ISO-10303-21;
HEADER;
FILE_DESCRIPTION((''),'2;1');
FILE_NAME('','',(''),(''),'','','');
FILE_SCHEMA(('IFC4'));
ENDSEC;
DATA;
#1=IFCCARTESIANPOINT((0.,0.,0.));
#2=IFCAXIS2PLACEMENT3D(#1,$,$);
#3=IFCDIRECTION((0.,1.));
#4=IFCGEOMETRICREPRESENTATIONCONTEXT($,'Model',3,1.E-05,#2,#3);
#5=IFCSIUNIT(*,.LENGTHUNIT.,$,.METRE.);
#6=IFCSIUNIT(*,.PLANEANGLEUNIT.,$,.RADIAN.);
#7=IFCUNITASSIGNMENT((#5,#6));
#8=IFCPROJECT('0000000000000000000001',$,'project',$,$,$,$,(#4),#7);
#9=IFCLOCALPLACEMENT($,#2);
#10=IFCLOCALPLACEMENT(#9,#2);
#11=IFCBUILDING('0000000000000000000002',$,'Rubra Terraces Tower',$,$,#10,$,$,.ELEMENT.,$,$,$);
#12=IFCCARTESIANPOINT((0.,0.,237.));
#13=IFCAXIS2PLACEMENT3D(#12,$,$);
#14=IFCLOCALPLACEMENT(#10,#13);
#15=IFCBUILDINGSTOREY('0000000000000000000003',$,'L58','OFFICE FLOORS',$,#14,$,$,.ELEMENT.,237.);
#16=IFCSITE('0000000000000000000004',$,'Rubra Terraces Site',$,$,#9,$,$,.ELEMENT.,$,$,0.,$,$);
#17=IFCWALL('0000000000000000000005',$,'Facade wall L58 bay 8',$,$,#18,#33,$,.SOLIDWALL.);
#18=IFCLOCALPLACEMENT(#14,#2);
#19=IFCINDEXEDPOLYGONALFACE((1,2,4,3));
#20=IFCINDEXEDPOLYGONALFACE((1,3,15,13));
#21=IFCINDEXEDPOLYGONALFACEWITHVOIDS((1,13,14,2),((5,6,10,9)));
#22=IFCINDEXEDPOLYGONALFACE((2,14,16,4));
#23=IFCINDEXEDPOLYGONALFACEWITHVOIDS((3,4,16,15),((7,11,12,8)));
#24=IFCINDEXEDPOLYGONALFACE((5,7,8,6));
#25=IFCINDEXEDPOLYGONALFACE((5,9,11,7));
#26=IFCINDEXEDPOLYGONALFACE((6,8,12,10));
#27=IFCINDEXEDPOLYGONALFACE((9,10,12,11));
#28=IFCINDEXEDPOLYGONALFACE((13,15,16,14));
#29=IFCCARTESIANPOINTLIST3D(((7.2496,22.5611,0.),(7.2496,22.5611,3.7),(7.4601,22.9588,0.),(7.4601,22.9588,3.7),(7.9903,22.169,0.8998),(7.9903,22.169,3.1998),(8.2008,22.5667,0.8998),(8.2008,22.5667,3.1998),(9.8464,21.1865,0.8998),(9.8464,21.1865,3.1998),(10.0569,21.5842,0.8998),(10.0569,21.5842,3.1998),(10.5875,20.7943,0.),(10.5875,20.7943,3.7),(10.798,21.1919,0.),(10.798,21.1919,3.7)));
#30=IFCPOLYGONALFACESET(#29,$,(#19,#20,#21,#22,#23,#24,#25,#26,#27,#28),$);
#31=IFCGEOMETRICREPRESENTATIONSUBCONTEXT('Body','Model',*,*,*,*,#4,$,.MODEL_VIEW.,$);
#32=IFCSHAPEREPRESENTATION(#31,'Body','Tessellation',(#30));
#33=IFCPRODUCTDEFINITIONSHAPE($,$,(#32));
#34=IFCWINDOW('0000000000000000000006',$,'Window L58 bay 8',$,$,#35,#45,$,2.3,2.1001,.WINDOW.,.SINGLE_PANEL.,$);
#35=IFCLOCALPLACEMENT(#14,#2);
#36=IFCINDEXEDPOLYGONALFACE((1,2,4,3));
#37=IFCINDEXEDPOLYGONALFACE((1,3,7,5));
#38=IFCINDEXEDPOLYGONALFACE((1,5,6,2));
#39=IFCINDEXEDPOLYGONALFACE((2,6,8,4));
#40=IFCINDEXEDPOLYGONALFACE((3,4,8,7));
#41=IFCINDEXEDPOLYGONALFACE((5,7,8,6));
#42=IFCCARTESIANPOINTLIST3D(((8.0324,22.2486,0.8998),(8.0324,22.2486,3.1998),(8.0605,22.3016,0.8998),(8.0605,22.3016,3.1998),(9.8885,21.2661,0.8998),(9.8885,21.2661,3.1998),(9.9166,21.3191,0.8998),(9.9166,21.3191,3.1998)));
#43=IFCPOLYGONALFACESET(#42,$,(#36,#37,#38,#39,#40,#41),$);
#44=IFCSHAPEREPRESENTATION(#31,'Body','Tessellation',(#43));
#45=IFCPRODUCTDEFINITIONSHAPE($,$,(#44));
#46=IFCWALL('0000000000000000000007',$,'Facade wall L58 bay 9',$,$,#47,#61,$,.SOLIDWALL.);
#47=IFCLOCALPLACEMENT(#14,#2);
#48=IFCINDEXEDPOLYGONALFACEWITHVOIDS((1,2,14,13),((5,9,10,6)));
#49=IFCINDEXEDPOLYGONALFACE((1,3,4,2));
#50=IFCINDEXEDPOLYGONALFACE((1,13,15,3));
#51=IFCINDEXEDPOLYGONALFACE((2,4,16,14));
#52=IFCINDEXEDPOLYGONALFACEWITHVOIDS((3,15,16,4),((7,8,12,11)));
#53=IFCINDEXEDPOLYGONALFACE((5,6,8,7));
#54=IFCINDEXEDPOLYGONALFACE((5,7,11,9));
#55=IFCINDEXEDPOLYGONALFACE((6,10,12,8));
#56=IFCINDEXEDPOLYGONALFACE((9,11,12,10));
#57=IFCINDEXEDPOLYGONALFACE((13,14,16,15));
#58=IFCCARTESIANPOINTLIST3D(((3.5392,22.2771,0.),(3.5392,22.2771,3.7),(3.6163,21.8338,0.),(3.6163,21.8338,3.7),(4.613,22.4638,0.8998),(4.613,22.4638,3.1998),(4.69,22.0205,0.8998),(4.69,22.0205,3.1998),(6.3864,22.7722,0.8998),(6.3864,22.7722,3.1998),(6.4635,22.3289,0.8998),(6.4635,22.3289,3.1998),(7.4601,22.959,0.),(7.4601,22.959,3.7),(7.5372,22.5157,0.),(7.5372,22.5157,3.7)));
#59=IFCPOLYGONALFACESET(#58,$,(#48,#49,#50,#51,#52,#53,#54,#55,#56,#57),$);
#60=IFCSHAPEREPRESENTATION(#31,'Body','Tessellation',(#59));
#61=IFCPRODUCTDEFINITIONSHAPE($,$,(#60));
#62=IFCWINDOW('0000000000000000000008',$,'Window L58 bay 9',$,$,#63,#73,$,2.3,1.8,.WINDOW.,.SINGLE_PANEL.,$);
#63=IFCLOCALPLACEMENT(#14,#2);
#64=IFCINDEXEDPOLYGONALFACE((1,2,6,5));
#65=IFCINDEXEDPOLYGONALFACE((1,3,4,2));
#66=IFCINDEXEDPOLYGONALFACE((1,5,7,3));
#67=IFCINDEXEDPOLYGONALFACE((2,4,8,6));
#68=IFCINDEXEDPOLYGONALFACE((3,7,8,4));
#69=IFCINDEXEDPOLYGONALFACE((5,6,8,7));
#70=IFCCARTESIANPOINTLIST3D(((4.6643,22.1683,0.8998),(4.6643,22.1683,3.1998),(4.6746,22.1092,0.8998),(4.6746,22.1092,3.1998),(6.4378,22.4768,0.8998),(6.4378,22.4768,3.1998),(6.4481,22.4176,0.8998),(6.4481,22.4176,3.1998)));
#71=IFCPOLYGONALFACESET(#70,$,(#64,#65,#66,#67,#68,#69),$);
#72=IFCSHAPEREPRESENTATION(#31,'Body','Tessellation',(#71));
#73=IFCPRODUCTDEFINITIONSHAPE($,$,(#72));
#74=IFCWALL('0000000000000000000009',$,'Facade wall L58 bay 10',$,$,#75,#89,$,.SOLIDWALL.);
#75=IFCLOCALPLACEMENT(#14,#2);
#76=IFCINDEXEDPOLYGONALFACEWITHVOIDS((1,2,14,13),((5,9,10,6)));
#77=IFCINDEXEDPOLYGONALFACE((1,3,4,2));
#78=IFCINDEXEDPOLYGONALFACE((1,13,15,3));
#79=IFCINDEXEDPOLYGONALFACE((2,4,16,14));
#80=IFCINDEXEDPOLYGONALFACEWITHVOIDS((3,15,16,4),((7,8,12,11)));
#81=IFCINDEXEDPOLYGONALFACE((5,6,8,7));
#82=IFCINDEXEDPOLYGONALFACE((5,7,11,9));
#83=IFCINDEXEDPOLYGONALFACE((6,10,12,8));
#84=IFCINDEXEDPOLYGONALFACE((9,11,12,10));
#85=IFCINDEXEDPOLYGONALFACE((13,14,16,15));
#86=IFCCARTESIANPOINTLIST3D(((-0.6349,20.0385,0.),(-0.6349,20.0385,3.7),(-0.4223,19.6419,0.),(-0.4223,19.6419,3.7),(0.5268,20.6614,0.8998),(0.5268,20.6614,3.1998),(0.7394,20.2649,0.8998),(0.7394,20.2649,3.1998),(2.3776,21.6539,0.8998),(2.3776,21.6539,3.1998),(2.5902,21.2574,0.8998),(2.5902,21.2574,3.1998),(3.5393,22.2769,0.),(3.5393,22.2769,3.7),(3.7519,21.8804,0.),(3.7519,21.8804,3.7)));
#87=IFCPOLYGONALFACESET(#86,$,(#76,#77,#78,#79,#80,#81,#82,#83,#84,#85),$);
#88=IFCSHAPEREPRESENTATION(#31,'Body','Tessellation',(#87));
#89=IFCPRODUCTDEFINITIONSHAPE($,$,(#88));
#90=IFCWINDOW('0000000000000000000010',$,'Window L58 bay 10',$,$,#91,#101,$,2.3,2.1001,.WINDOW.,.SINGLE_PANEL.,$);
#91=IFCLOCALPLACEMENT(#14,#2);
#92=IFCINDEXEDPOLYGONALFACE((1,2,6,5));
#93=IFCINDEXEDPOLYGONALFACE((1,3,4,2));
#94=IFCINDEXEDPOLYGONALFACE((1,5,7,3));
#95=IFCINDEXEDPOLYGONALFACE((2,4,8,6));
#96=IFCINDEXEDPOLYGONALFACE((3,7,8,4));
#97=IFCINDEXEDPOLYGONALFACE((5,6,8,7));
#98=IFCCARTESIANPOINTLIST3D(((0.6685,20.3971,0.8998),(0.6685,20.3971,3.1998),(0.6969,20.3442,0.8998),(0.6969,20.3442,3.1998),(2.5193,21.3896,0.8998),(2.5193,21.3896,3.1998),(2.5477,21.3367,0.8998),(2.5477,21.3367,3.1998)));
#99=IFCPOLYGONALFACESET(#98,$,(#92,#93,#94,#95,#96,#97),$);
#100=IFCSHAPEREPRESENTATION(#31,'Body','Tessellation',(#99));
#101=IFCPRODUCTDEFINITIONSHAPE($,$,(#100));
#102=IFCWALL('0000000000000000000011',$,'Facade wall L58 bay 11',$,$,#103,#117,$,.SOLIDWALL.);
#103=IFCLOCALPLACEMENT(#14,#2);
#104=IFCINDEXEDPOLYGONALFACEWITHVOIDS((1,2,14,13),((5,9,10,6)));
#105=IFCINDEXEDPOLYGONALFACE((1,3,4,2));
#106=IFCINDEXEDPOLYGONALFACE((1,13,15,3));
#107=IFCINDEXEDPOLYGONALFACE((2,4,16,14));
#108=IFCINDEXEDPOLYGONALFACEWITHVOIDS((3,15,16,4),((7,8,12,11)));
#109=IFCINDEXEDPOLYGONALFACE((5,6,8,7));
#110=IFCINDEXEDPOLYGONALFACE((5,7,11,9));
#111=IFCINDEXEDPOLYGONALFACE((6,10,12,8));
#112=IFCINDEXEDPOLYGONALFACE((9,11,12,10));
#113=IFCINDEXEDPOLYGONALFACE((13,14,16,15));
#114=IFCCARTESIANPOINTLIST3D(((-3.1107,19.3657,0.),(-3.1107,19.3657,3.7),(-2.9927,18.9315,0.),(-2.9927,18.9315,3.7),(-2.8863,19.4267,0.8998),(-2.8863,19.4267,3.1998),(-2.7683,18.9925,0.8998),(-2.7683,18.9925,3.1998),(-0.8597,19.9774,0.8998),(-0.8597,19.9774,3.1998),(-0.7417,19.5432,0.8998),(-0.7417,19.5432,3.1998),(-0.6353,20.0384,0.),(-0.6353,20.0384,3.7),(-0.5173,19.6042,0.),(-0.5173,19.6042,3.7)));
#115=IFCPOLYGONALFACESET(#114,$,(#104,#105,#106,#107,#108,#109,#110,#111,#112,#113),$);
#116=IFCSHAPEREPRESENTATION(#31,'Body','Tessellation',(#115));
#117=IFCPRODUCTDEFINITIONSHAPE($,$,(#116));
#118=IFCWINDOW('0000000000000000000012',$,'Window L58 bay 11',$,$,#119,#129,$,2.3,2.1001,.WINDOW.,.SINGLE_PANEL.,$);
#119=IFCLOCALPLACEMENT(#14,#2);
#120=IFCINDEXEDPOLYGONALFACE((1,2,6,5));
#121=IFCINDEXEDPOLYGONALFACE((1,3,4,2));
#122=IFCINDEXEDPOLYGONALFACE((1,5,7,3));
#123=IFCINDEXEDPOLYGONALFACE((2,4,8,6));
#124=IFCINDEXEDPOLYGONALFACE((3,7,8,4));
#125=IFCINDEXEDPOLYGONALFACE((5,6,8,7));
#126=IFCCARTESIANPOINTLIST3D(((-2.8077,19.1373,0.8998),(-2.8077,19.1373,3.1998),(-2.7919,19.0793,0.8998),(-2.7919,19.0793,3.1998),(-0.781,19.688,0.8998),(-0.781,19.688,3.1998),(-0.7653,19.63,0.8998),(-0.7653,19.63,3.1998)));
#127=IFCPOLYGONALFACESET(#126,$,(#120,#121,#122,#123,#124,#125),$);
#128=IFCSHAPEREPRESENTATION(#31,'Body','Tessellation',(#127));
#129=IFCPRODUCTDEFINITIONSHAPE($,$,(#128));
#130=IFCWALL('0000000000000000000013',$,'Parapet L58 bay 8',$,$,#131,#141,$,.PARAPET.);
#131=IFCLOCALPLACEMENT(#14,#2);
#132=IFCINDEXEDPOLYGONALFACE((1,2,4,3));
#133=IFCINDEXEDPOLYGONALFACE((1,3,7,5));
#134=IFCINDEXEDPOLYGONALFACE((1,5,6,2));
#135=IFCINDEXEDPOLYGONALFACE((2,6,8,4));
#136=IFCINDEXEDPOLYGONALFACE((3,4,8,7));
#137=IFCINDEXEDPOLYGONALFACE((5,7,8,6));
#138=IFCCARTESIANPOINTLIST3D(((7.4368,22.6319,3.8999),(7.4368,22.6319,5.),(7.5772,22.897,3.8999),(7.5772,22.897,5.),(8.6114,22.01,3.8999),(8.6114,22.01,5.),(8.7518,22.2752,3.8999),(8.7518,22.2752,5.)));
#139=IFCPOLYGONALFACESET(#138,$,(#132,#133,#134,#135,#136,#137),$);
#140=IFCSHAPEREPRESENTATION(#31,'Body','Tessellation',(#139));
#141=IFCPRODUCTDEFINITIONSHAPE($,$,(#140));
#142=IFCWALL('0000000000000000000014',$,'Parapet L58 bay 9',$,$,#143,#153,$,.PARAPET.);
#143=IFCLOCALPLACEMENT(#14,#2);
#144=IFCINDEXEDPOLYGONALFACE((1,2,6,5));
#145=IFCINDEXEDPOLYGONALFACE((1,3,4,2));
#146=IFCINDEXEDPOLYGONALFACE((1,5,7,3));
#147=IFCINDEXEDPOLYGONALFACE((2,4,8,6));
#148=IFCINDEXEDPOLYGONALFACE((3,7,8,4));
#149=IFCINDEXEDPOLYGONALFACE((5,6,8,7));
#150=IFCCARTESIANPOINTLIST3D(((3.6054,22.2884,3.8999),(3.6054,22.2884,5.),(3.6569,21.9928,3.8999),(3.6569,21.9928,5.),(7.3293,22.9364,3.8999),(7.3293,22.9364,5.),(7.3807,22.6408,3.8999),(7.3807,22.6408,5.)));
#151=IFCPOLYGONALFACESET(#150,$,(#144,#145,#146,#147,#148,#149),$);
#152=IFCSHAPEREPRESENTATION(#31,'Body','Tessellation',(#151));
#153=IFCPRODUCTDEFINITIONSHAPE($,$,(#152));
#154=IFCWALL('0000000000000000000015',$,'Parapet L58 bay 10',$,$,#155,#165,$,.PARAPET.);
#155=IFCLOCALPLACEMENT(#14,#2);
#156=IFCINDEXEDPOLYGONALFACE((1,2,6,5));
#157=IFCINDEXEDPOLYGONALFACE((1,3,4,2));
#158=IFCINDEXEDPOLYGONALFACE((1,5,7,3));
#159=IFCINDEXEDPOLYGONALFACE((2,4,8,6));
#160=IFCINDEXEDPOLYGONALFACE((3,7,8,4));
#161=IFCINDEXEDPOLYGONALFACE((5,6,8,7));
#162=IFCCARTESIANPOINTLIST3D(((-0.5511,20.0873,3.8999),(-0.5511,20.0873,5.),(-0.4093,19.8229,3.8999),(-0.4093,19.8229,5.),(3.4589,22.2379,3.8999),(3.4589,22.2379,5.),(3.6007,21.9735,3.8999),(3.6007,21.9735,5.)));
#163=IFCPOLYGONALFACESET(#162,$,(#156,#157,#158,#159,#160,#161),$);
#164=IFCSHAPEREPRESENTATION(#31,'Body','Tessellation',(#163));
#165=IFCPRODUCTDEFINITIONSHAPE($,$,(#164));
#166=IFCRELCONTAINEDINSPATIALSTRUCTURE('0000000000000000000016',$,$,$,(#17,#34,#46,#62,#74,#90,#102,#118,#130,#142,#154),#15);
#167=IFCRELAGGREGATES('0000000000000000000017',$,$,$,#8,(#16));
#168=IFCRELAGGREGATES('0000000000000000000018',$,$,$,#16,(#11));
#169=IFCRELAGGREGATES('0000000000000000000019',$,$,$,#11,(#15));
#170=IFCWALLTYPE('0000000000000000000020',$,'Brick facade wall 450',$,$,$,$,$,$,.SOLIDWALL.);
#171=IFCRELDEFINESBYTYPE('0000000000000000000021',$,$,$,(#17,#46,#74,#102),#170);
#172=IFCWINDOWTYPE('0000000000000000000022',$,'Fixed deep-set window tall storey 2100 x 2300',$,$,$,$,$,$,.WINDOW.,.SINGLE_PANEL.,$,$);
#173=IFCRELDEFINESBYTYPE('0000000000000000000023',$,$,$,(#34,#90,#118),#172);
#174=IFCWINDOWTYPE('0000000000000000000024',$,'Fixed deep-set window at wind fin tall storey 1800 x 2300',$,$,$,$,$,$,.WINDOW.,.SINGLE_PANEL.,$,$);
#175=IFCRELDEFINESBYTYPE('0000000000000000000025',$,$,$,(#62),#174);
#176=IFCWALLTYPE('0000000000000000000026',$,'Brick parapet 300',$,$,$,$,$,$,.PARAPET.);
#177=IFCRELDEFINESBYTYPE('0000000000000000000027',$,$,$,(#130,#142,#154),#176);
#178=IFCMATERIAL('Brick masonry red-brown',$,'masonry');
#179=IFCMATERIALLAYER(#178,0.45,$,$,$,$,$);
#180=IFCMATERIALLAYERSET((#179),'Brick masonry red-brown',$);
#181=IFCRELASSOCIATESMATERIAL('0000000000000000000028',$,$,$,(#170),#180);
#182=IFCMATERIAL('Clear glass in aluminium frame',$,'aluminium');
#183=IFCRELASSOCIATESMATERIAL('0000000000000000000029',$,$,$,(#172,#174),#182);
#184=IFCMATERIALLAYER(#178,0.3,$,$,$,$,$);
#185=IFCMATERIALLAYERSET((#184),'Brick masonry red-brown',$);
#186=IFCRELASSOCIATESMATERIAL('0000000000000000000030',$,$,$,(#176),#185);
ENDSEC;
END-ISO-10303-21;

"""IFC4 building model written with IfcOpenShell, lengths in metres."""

from ifc_helpers import new_model, si_unit, direction, frame, frame_2d, origin, place, context, subcontext, project, spatial, rectangle, extrude, material, layer, layer_set, type_object, element, fill, save


model = new_model("IFC4")

# Units and contexts
model_context = context("Model", 3, precision=1e-05, world=origin(), true_north=direction((0.0, 1.0)))
body_context = subcontext(model_context, "Body", "Model", "MODEL_VIEW")
ifc_project = project(units=[si_unit("LENGTHUNIT", "METRE"), si_unit("PLANEANGLEUNIT", "RADIAN")], contexts=[model_context])

# Site, building, storey
site_placement = place(None, origin())
site = spatial("IfcSite", under=ifc_project, at=site_placement, Name="Rubra Terraces Site", CompositionType="ELEMENT", RefElevation=0.0)
building_placement = place(site_placement, origin())
building = spatial("IfcBuilding", under=site, at=building_placement, Name="Rubra Terraces Tower", CompositionType="ELEMENT")
storey_placement = place(building_placement, frame((0.0, 0.0, 237.0)))
storey = spatial("IfcBuildingStorey", under=building, at=storey_placement, Name="L58", Description="OFFICE FLOORS", CompositionType="ELEMENT", Elevation=237.0)

# Walls, openings, windows
ifc_material_1 = material(Name="Brick masonry red-brown", Category="masonry")
ifc_layer_1 = layer(ifc_material_1, 0.45)
ifc_layer_set_1 = layer_set([ifc_layer_1], Name="Brick masonry red-brown")
wall_type_1 = type_object("IfcWallType", Name="Brick facade wall 450", PredefinedType="SOLIDWALL", material=ifc_layer_set_1)
wall_1_placement = place(storey_placement, frame((10.6926, 20.9932, 0.0), z_axis=(0.0, 0.0, 1.0), x_axis=(-0.883818, 0.467831, 0.0)))
wall_1 = element("IfcWall", 1, at=wall_1_placement, inside=storey, type_object=wall_type_1, Name="Facade wall L58 bay 8", PredefinedType="SOLIDWALL", context=body_context, shape_type="SweptSolid", body=[
    extrude(rectangle(XDim=3.7766, YDim=0.45, at=frame_2d((1.8882, 0.0))), origin(), (0.0, 0.0, 1.0), 3.7),
])
opening_1_placement = place(wall_1_placement, frame((0.8384, 0.0, 0.8999)))
opening_1 = element("IfcOpeningElement", 2, at=opening_1_placement, cuts=wall_1, PredefinedType="OPENING", context=body_context, shape_type="SweptSolid", body=[
    extrude(rectangle(XDim=2.1001, YDim=2.3, at=frame_2d((1.05, 1.1499))), frame((0.0, 0.2349, 0.0), z_axis=(0.0, -1.0, 0.0), x_axis=(1.0, 0.0, 0.0)), (0.0, 0.0, 1.0), 0.47),
])
ifc_material_2 = material(Name="Clear glass in aluminium frame", Category="aluminium")
window_type_1 = type_object("IfcWindowType", Name="Fixed deep-set window tall storey 2100 x 2300", PartitioningType="SINGLE_PANEL", PredefinedType="WINDOW", material=ifc_material_2)
window_1_placement = place(opening_1_placement, origin())
window_1 = element("IfcWindow", 3, at=window_1_placement, inside=storey, type_object=window_type_1, Name="Window L58 bay 8", OverallHeight=2.3, OverallWidth=2.1001, PartitioningType="SINGLE_PANEL", PredefinedType="WINDOW", context=body_context, shape_type="SweptSolid", body=[
    extrude(rectangle(XDim=2.1001, YDim=2.3, at=frame_2d((1.05, 1.1499))), frame((0.0, 0.135, 0.0), z_axis=(0.0, -1.0, 0.0), x_axis=(1.0, 0.0, 0.0)), (0.0, 0.0, 1.0), 0.0601),
])
fill(opening_1, window_1)
wall_2_placement = place(storey_placement, frame((7.4985, 22.7373, 0.0), z_axis=(0.0, 0.0, 1.0), x_axis=(-0.985212, -0.171339, 0.0)))
wall_2 = element("IfcWall", 4, at=wall_2_placement, inside=storey, type_object=wall_type_1, Name="Facade wall L58 bay 9", PredefinedType="SOLIDWALL", context=body_context, shape_type="SweptSolid", body=[
    extrude(rectangle(XDim=3.9797, YDim=0.45, at=frame_2d((1.9897, 0.0))), origin(), (0.0, 0.0, 1.0), 3.7),
])
opening_2_placement = place(wall_2_placement, frame((1.0898, 0.0, 0.8999)))
opening_2 = element("IfcOpeningElement", 5, at=opening_2_placement, cuts=wall_2, PredefinedType="OPENING", context=body_context, shape_type="SweptSolid", body=[
    extrude(rectangle(XDim=1.8, YDim=2.3, at=frame_2d((0.8999, 1.1499))), frame((0.0, 0.2349, 0.0), z_axis=(0.0, -1.0, 0.0), x_axis=(1.0, 0.0, 0.0)), (0.0, 0.0, 1.0), 0.47),
])
window_type_2 = type_object("IfcWindowType", Name="Fixed deep-set window at wind fin tall storey 1800 x 2300", PartitioningType="SINGLE_PANEL", PredefinedType="WINDOW", material=ifc_material_2)
window_2_placement = place(opening_2_placement, origin())
window_2 = element("IfcWindow", 6, at=window_2_placement, inside=storey, type_object=window_type_2, Name="Window L58 bay 9", OverallHeight=2.3, OverallWidth=1.8, PartitioningType="SINGLE_PANEL", PredefinedType="WINDOW", context=body_context, shape_type="SweptSolid", body=[
    extrude(rectangle(XDim=1.8, YDim=2.3, at=frame_2d((0.8999, 1.1499))), frame((0.0, 0.135, 0.0), z_axis=(0.0, -1.0, 0.0), x_axis=(1.0, 0.0, 0.0)), (0.0, 0.0, 1.0), 0.0601),
])
fill(opening_2, window_2)
wall_3_placement = place(storey_placement, frame((3.6455, 22.0786, 0.0), z_axis=(0.0, 0.0, 1.0), x_axis=(-0.881279, -0.472596, 0.0)))
wall_3 = element("IfcWall", 7, at=wall_3_placement, inside=storey, type_object=wall_type_1, Name="Facade wall L58 bay 10", PredefinedType="SOLIDWALL", context=body_context, shape_type="SweptSolid", body=[
    extrude(rectangle(XDim=4.7366, YDim=0.45, at=frame_2d((2.3682, 0.0))), origin(), (0.0, 0.0, 1.0), 3.7),
])
opening_3_placement = place(wall_3_placement, frame((1.3181, 0.0, 0.8999)))
opening_3 = element("IfcOpeningElement", 8, at=opening_3_placement, cuts=wall_3, PredefinedType="OPENING", context=body_context, shape_type="SweptSolid", body=[
    extrude(rectangle(XDim=2.1001, YDim=2.3, at=frame_2d((1.05, 1.1499))), frame((0.0, 0.2349, 0.0), z_axis=(0.0, -1.0, 0.0), x_axis=(1.0, 0.0, 0.0)), (0.0, 0.0, 1.0), 0.47),
])
window_3_placement = place(opening_3_placement, origin())
window_3 = element("IfcWindow", 9, at=window_3_placement, inside=storey, type_object=window_type_1, Name="Window L58 bay 10", OverallHeight=2.3, OverallWidth=2.1001, PartitioningType="SINGLE_PANEL", PredefinedType="WINDOW", context=body_context, shape_type="SweptSolid", body=[
    extrude(rectangle(XDim=2.1001, YDim=2.3, at=frame_2d((1.05, 1.1499))), frame((0.0, 0.135, 0.0), z_axis=(0.0, -1.0, 0.0), x_axis=(1.0, 0.0, 0.0)), (0.0, 0.0, 1.0), 0.0601),
])
fill(opening_3, window_3)
wall_4_placement = place(storey_placement, frame((-0.5762, 19.8213, 0.0), z_axis=(0.0, 0.0, 1.0), x_axis=(-0.965009, -0.262215, 0.0)))
wall_4 = element("IfcWall", 10, at=wall_4_placement, inside=storey, type_object=wall_type_1, Name="Facade wall L58 bay 11", PredefinedType="SOLIDWALL", context=body_context, shape_type="SweptSolid", body=[
    extrude(rectangle(XDim=2.5652, YDim=0.45, at=frame_2d((1.2827, 0.0))), origin(), (0.0, 0.0, 1.0), 3.7),
])
opening_4_placement = place(wall_4_placement, frame((0.2327, 0.0, 0.8999)))
opening_4 = element("IfcOpeningElement", 11, at=opening_4_placement, cuts=wall_4, PredefinedType="OPENING", context=body_context, shape_type="SweptSolid", body=[
    extrude(rectangle(XDim=2.1001, YDim=2.3, at=frame_2d((1.05, 1.1499))), frame((0.0, 0.2349, 0.0), z_axis=(0.0, -1.0, 0.0), x_axis=(1.0, 0.0, 0.0)), (0.0, 0.0, 1.0), 0.47),
])
window_4_placement = place(opening_4_placement, origin())
window_4 = element("IfcWindow", 12, at=window_4_placement, inside=storey, type_object=window_type_1, Name="Window L58 bay 11", OverallHeight=2.3, OverallWidth=2.1001, PartitioningType="SINGLE_PANEL", PredefinedType="WINDOW", context=body_context, shape_type="SweptSolid", body=[
    extrude(rectangle(XDim=2.1001, YDim=2.3, at=frame_2d((1.05, 1.1499))), frame((0.0, 0.135, 0.0), z_axis=(0.0, -1.0, 0.0), x_axis=(1.0, 0.0, 0.0)), (0.0, 0.0, 1.0), 0.0601),
])
fill(opening_4, window_4)

# Walls
ifc_layer_2 = layer(ifc_material_1, 0.3)
ifc_layer_set_2 = layer_set([ifc_layer_2], Name="Brick masonry red-brown")
wall_type_2 = type_object("IfcWallType", Name="Brick parapet 300", PredefinedType="PARAPET", material=ifc_layer_set_2)
wall_5_placement = place(storey_placement, frame((8.6816, 22.1426, 3.8999), z_axis=(0.0, 0.0, 1.0), x_axis=(-0.883788, 0.467888, 0.0)))
element("IfcWall", 13, at=wall_5_placement, inside=storey, type_object=wall_type_2, Name="Parapet L58 bay 8", PredefinedType="PARAPET", context=body_context, shape_type="SweptSolid", body=[
    extrude(rectangle(XDim=1.3291, YDim=0.3, at=frame_2d((0.6646, 0.0))), origin(), (0.0, 0.0, 1.0), 1.1001),
])
wall_6_placement = place(storey_placement, frame((7.355, 22.7886, 3.8999), z_axis=(0.0, 0.0, 1.0), x_axis=(-0.985198, -0.171423, 0.0)))
element("IfcWall", 14, at=wall_6_placement, inside=storey, type_object=wall_type_2, Name="Parapet L58 bay 9", PredefinedType="PARAPET", context=body_context, shape_type="SweptSolid", body=[
    extrude(rectangle(XDim=3.7798, YDim=0.3, at=frame_2d((1.8899, 0.0))), origin(), (0.0, 0.0, 1.0), 1.1001),
])
wall_7_placement = place(storey_placement, frame((3.5298, 22.1057, 3.8999), z_axis=(0.0, 0.0, 1.0), x_axis=(-0.881259, -0.472634, 0.0)))
element("IfcWall", 15, at=wall_7_placement, inside=storey, type_object=wall_type_2, Name="Parapet L58 bay 10", PredefinedType="PARAPET", context=body_context, shape_type="SweptSolid", body=[
    extrude(rectangle(XDim=4.5503, YDim=0.3, at=frame_2d((2.2751, 0.0))), origin(), (0.0, 0.0, 1.0), 1.1001),
])

save(model, "model.ifc")
